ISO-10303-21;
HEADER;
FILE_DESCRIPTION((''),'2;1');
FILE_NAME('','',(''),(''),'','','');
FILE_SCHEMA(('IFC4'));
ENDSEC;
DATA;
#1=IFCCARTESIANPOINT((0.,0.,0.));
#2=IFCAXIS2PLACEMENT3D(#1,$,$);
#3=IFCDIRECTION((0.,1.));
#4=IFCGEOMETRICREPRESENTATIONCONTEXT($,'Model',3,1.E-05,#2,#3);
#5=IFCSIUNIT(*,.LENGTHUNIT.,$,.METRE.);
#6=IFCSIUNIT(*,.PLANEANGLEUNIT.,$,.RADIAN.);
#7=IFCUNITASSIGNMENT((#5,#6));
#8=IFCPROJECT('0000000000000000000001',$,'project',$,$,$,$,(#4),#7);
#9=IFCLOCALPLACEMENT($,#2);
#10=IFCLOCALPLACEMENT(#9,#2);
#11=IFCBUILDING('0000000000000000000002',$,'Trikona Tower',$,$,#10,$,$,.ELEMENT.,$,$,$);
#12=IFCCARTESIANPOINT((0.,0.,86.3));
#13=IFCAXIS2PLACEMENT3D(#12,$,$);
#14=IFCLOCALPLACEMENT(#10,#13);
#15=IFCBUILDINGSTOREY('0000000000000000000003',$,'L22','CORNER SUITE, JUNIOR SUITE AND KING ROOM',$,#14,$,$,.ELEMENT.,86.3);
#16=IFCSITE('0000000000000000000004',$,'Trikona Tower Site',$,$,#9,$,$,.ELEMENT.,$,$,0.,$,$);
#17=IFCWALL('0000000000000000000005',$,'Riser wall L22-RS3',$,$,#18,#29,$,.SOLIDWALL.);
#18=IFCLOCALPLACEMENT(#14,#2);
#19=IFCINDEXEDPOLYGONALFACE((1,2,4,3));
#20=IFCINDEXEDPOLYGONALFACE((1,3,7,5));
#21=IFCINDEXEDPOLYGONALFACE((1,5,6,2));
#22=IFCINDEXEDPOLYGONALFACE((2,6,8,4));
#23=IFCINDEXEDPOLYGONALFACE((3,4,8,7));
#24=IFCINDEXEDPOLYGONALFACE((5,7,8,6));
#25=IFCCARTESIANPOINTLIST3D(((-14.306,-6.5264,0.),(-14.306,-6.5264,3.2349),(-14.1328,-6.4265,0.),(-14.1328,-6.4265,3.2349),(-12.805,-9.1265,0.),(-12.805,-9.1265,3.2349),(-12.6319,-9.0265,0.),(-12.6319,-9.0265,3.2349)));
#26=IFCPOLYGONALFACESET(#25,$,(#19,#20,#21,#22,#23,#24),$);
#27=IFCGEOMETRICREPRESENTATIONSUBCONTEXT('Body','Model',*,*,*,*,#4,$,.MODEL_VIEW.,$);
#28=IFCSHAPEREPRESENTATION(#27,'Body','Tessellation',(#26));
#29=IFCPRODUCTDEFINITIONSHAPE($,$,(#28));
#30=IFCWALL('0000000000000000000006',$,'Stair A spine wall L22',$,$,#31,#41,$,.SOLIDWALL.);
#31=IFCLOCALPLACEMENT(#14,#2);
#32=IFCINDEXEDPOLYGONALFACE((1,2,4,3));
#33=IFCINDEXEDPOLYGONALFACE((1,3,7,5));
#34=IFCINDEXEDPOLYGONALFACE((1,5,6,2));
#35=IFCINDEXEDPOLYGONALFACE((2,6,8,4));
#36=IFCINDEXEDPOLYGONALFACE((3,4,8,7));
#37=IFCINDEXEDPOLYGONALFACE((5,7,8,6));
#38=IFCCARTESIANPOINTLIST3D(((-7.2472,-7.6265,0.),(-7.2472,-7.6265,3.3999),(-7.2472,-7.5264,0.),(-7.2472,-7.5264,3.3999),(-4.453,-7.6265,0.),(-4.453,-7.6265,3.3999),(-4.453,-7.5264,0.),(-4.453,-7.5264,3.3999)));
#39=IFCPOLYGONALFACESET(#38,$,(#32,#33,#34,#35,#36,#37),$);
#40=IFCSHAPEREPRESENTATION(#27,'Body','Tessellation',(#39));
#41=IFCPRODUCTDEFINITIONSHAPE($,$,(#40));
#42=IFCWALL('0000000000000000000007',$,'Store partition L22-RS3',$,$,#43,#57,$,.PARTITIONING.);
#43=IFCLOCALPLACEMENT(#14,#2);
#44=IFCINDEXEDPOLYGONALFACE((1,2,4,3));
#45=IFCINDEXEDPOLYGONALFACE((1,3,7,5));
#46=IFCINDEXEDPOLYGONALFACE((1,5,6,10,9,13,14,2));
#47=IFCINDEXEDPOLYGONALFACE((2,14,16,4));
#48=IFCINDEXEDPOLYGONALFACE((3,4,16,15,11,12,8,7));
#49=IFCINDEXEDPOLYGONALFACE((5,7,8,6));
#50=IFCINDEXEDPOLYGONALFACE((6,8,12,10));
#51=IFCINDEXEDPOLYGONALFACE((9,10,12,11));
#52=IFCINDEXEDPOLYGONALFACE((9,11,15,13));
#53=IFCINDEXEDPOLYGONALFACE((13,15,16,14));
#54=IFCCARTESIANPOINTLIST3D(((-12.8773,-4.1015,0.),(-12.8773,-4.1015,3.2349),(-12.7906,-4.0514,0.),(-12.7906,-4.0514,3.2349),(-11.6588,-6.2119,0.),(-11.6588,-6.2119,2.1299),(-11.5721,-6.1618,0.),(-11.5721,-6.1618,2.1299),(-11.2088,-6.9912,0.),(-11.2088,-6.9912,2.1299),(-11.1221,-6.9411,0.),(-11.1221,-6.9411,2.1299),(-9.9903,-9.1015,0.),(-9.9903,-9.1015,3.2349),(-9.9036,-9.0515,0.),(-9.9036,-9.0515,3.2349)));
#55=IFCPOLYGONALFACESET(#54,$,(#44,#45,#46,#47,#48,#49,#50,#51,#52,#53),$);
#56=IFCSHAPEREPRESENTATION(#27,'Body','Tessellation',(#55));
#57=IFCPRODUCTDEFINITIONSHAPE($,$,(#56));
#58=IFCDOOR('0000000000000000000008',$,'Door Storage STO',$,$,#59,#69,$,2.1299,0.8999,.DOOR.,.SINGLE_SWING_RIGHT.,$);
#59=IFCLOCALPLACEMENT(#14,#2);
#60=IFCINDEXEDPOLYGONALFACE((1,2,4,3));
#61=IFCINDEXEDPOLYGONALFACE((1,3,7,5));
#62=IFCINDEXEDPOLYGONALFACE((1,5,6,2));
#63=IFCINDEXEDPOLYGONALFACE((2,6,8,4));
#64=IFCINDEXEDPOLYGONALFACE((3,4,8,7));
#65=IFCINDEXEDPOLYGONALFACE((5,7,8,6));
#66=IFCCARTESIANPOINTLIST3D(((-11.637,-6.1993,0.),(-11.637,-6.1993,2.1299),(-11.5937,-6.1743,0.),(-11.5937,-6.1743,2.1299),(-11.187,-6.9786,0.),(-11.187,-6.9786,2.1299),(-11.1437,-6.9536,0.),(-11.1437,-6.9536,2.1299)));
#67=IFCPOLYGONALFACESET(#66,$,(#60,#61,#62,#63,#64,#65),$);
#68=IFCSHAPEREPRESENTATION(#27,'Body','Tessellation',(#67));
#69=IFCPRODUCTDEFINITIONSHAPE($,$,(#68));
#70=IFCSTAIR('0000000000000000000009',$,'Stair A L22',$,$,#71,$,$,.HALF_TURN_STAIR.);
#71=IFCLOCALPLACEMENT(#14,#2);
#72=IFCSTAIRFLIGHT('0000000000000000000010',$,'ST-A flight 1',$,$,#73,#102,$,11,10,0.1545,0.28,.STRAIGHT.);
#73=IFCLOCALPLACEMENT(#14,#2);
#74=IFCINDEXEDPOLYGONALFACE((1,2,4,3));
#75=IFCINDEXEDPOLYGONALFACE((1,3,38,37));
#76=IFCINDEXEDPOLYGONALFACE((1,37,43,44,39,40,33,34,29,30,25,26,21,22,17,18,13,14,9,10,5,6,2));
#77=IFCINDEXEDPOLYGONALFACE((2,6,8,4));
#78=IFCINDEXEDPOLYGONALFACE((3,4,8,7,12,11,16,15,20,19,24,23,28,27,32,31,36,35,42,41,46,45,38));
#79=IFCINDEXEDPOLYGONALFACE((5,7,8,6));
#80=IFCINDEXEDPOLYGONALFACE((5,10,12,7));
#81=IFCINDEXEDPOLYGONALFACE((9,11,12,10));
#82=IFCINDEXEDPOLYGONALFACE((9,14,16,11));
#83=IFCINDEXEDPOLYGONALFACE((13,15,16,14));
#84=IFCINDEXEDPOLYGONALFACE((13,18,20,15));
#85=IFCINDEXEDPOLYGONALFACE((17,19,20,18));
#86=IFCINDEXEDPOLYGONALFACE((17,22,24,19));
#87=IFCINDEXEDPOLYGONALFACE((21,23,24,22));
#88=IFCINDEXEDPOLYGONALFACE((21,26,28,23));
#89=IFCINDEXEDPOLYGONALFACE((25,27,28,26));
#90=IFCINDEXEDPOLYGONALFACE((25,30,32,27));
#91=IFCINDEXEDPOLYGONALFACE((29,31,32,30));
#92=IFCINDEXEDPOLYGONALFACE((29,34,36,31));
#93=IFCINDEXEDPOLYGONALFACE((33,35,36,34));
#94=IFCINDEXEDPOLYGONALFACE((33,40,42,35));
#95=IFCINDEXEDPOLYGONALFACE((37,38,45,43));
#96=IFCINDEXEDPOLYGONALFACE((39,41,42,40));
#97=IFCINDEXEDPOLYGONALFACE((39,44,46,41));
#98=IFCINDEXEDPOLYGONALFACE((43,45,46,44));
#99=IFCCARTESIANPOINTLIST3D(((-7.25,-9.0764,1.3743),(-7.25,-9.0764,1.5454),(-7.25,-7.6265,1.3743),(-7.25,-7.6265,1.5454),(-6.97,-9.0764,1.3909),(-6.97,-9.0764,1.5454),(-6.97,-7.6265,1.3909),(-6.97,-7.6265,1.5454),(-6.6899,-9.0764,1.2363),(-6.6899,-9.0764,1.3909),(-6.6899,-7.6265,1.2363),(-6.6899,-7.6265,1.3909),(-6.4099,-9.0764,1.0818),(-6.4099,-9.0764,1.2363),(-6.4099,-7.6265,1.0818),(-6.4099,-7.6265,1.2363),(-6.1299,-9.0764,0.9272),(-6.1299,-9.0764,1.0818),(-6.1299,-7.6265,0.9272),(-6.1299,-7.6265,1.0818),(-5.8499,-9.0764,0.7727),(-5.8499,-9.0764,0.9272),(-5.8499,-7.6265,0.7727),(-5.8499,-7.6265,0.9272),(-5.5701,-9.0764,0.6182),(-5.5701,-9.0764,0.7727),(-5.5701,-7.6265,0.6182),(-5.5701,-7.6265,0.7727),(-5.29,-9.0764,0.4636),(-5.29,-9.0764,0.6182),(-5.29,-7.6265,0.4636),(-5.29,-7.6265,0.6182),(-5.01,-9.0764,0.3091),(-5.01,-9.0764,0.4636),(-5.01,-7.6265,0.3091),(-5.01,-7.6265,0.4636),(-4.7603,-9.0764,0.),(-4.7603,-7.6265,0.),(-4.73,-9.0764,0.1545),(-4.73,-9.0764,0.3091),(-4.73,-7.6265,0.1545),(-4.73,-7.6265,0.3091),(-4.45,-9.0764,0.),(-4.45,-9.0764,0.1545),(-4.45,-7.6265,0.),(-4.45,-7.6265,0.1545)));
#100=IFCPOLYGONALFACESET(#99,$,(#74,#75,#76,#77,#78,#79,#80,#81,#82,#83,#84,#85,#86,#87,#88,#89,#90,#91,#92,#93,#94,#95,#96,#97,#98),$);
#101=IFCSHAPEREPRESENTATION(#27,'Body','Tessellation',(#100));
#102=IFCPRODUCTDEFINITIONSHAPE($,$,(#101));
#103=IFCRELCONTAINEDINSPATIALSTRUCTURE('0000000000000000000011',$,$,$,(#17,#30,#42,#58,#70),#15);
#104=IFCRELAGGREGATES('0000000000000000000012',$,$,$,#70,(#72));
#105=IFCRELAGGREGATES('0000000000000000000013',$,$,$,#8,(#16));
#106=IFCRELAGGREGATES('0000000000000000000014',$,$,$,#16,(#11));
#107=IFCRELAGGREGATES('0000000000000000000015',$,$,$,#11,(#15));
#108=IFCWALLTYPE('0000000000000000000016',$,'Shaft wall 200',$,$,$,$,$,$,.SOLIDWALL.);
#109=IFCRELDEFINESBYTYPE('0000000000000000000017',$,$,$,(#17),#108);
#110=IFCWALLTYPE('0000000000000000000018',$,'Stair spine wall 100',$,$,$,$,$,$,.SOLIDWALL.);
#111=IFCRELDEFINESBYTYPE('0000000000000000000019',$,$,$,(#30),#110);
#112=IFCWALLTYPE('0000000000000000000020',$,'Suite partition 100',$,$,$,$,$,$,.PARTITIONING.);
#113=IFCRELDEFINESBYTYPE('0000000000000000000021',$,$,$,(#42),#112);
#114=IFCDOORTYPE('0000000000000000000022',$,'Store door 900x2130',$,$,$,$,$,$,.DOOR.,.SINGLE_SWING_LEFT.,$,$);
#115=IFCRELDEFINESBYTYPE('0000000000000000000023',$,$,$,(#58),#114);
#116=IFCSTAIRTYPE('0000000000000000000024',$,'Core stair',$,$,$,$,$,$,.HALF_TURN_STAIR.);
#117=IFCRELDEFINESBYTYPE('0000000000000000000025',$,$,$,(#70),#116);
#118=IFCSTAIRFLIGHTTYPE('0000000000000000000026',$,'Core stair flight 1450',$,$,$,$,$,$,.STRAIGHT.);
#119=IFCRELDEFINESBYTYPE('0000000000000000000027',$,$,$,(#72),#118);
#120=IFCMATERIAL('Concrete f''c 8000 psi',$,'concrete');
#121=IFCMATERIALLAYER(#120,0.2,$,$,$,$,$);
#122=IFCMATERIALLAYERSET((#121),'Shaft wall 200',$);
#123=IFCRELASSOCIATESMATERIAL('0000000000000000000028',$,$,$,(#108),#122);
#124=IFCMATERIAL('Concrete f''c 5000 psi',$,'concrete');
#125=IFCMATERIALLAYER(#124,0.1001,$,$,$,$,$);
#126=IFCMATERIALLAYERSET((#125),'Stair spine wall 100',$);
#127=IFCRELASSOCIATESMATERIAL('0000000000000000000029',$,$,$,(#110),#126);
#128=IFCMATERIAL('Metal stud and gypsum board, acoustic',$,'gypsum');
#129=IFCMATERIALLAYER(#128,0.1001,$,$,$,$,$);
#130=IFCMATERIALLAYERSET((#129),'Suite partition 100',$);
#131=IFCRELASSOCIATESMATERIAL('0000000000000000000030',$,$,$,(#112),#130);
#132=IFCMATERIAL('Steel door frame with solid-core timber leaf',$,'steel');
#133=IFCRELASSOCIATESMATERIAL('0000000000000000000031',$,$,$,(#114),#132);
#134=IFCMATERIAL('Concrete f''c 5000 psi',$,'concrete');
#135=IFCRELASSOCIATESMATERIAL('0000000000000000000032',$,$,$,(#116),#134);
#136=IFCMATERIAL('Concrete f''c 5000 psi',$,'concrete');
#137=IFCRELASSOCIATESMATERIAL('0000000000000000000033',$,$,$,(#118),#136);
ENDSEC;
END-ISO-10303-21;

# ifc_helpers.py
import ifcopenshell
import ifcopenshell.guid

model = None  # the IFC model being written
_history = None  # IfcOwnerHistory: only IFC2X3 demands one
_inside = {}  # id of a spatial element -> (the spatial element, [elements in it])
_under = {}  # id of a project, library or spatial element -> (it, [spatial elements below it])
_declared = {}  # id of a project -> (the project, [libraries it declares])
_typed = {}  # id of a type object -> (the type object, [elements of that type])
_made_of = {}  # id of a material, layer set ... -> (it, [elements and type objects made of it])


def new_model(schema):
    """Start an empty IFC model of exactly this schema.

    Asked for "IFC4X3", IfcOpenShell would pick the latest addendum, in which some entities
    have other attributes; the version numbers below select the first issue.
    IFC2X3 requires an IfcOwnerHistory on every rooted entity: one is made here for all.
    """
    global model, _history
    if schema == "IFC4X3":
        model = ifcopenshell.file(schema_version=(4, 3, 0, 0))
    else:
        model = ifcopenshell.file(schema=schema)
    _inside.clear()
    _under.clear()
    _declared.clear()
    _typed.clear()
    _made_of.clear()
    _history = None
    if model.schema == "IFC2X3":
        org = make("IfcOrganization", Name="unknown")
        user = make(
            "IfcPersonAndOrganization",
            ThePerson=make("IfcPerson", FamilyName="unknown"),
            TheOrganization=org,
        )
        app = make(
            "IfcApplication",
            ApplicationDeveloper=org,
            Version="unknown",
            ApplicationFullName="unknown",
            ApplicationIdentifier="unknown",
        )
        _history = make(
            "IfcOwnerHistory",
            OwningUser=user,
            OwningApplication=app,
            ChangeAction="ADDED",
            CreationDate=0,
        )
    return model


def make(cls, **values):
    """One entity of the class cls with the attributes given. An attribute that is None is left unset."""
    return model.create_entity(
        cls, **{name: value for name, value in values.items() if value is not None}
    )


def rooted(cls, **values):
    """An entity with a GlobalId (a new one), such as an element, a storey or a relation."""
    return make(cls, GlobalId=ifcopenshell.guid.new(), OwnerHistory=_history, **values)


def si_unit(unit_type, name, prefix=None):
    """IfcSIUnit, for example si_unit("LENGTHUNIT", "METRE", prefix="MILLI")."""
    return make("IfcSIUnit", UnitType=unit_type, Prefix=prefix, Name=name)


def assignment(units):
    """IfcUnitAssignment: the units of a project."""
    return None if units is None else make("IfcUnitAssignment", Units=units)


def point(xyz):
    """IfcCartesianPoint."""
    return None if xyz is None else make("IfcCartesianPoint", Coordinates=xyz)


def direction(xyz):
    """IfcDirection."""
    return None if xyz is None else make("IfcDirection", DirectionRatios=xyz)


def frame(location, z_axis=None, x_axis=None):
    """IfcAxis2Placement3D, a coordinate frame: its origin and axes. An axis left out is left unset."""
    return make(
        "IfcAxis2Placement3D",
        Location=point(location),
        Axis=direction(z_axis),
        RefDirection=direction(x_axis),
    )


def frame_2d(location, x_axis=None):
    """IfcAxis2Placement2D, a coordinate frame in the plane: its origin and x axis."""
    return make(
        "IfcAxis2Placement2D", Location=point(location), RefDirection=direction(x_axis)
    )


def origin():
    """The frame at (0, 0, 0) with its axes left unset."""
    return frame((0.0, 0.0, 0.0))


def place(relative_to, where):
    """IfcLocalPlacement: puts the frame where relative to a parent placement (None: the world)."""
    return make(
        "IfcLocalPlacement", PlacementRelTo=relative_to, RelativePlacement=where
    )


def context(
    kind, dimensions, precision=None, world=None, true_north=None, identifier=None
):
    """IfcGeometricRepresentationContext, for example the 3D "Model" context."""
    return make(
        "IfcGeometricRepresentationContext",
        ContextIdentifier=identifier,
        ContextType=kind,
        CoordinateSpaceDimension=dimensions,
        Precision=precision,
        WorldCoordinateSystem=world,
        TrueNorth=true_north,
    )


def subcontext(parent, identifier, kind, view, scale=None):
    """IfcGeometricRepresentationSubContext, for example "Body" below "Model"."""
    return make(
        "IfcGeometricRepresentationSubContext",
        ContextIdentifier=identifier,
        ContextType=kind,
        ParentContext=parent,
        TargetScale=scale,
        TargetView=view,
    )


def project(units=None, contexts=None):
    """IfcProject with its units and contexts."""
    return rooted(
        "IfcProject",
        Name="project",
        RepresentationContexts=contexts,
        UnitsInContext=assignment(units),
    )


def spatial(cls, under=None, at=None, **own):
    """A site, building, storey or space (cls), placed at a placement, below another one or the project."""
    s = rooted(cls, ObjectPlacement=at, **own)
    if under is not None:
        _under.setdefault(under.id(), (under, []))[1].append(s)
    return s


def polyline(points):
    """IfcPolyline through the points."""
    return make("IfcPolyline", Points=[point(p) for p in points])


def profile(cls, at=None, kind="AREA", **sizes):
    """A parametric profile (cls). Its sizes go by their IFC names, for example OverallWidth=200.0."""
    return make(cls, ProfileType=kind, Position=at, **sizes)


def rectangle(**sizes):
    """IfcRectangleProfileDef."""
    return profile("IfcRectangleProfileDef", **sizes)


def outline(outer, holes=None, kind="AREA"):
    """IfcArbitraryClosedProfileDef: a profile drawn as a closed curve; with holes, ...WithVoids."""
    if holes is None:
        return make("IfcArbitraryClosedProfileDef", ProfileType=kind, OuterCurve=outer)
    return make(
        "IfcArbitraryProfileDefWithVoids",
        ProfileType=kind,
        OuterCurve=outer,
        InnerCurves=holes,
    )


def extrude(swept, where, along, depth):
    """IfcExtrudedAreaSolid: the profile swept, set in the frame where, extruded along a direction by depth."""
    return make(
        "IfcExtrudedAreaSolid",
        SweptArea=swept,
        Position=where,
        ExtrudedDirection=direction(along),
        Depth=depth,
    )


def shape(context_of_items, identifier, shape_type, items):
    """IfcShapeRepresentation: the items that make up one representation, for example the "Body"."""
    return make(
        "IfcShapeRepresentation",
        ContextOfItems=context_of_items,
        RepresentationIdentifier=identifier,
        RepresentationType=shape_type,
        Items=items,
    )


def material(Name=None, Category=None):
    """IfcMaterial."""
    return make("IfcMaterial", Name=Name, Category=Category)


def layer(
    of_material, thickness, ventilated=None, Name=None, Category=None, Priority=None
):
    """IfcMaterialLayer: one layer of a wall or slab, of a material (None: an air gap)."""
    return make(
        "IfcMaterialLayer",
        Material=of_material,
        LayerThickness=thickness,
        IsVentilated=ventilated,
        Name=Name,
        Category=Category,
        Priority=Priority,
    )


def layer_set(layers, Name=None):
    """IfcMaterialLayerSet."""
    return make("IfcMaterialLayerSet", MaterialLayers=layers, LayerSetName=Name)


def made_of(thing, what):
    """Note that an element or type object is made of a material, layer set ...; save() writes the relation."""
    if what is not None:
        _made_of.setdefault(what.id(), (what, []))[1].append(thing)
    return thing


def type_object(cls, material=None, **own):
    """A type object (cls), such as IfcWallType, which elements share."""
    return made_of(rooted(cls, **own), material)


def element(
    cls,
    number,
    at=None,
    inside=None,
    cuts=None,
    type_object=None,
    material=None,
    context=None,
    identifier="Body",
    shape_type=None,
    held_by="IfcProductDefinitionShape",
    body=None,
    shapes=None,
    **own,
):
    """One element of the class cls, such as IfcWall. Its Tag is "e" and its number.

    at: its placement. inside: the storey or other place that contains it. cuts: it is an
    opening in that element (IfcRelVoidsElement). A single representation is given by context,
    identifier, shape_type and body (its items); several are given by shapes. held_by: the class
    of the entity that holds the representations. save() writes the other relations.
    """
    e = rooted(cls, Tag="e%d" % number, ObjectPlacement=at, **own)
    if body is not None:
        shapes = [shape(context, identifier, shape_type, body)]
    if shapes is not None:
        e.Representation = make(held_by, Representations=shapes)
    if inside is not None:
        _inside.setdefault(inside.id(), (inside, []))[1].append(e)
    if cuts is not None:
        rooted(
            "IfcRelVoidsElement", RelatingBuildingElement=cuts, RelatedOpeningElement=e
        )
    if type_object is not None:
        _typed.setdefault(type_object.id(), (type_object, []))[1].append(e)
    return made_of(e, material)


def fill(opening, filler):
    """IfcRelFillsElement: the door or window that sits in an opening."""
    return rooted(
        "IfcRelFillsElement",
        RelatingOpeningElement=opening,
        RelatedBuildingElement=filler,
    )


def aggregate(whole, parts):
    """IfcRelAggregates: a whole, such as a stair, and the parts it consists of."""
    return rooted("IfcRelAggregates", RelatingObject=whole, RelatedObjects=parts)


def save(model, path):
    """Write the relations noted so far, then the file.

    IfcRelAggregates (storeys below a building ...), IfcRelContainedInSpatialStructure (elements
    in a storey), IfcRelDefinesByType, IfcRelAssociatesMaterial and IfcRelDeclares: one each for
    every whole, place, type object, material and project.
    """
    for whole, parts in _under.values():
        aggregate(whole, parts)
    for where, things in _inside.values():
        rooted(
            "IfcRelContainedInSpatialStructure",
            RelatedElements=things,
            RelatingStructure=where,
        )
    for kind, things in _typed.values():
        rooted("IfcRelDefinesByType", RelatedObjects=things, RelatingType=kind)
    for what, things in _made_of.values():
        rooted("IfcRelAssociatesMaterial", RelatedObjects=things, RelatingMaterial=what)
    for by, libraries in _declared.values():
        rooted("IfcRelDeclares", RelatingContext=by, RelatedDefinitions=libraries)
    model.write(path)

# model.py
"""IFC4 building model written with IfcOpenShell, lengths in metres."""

from ifc_helpers import new_model, si_unit, direction, frame, frame_2d, origin, place, context, subcontext, project, spatial, polyline, rectangle, outline, extrude, material, layer, layer_set, type_object, element, fill, aggregate, save


model = new_model("IFC4")

# Units and contexts
model_context = context("Model", 3, precision=1e-05, world=origin(), true_north=direction((0.0, 1.0)))
body_context = subcontext(model_context, "Body", "Model", "MODEL_VIEW")
ifc_project = project(units=[si_unit("LENGTHUNIT", "METRE"), si_unit("PLANEANGLEUNIT", "RADIAN")], contexts=[model_context])

# Site, building, storey
site_placement = place(None, origin())
site = spatial("IfcSite", under=ifc_project, at=site_placement, Name="Trikona Tower Site", CompositionType="ELEMENT", RefElevation=0.0)
building_placement = place(site_placement, origin())
building = spatial("IfcBuilding", under=site, at=building_placement, Name="Trikona Tower", CompositionType="ELEMENT")
storey_placement = place(building_placement, frame((0.0, 0.0, 86.3)))
storey = spatial("IfcBuildingStorey", under=building, at=storey_placement, Name="L22", Description="CORNER SUITE, JUNIOR SUITE AND KING ROOM", CompositionType="ELEMENT", Elevation=86.3)

# Walls
ifc_material_1 = material(Name="Concrete f'c 8000 psi", Category="concrete")
ifc_layer_1 = layer(ifc_material_1, 0.2)
ifc_layer_set_1 = layer_set([ifc_layer_1], Name="Shaft wall 200")
wall_type_1 = type_object("IfcWallType", Name="Shaft wall 200", PredefinedType="SOLIDWALL", material=ifc_layer_set_1)
wall_1_placement = place(storey_placement, frame((-12.7185, -9.0764, 0.0), z_axis=(0.0, 0.0, 1.0), x_axis=(-0.499952, 0.866053, 0.0)))
element("IfcWall", 1, at=wall_1_placement, inside=storey, type_object=wall_type_1, Name="Riser wall L22-RS3", PredefinedType="SOLIDWALL", context=body_context, shape_type="SweptSolid", body=[
    extrude(rectangle(XDim=3.0022, YDim=0.2, at=frame_2d((1.501, 0.0))), origin(), (0.0, 0.0, 1.0), 3.2349),
])
ifc_material_2 = material(Name="Concrete f'c 5000 psi", Category="concrete")
ifc_layer_2 = layer(ifc_material_2, 0.1001)
ifc_layer_set_2 = layer_set([ifc_layer_2], Name="Stair spine wall 100")
wall_type_2 = type_object("IfcWallType", Name="Stair spine wall 100", PredefinedType="SOLIDWALL", material=ifc_layer_set_2)
wall_2_placement = place(storey_placement, frame((-7.2471, -7.5764, 0.0), z_axis=(0.0, 0.0, 1.0), x_axis=(1.0, 0.0, 0.0)))
element("IfcWall", 2, at=wall_2_placement, inside=storey, type_object=wall_type_2, Name="Stair A spine wall L22", PredefinedType="SOLIDWALL", context=body_context, shape_type="SweptSolid", body=[
    extrude(rectangle(XDim=2.7942, YDim=0.1001, at=frame_2d((1.397, 0.0))), origin(), (0.0, 0.0, 1.0), 3.3999),
])

# Wall, opening, door
ifc_material_3 = material(Name="Metal stud and gypsum board, acoustic", Category="gypsum")
ifc_layer_3 = layer(ifc_material_3, 0.1001)
ifc_layer_set_3 = layer_set([ifc_layer_3], Name="Suite partition 100")
wall_type_3 = type_object("IfcWallType", Name="Suite partition 100", PredefinedType="PARTITIONING", material=ifc_layer_set_3)
wall_3_placement = place(storey_placement, frame((-9.947, -9.0764, 0.0), z_axis=(0.0, 0.0, 1.0), x_axis=(-0.500027, 0.86601, 0.0)))
wall_3 = element("IfcWall", 3, at=wall_3_placement, inside=storey, type_object=wall_type_3, Name="Store partition L22-RS3", PredefinedType="PARTITIONING", context=body_context, shape_type="SweptSolid", body=[
    extrude(rectangle(XDim=5.7737, YDim=0.1001, at=frame_2d((2.8867, 0.0))), origin(), (0.0, 0.0, 1.0), 3.2349),
])
opening_1_placement = place(wall_3_placement, frame((2.4368, 0.0, 0.0)))
opening_1 = element("IfcOpeningElement", 4, at=opening_1_placement, cuts=wall_3, PredefinedType="OPENING", context=body_context, shape_type="SweptSolid", body=[
    extrude(rectangle(XDim=0.8999, YDim=2.1299, at=frame_2d((0.45, 1.0649))), frame((0.0, 0.0601, 0.0), z_axis=(0.0, -1.0, 0.0), x_axis=(1.0, 0.0, 0.0)), (0.0, 0.0, 1.0), 0.1201),
])
ifc_material_4 = material(Name="Steel door frame with solid-core timber leaf", Category="steel")
door_type_1 = type_object("IfcDoorType", Name="Store door 900x2130", OperationType="SINGLE_SWING_LEFT", PredefinedType="DOOR", material=ifc_material_4)
door_1_placement = place(opening_1_placement, origin())
door_1 = element("IfcDoor", 5, at=door_1_placement, inside=storey, type_object=door_type_1, Name="Door Storage STO", OperationType="SINGLE_SWING_RIGHT", OverallHeight=2.1299, OverallWidth=0.8999, PredefinedType="DOOR", context=body_context, shape_type="SweptSolid", body=[
    extrude(rectangle(XDim=0.8999, YDim=2.1299, at=frame_2d((0.45, 1.0649))), frame((0.0, 0.0249, 0.0), z_axis=(0.0, -1.0, 0.0), x_axis=(1.0, 0.0, 0.0)), (0.0, 0.0, 1.0), 0.05),
])
fill(opening_1, door_1)

# Stair, stair flight
ifc_material_5 = material(Name="Concrete f'c 5000 psi", Category="concrete")
stair_type = type_object("IfcStairType", Name="Core stair", PredefinedType="HALF_TURN_STAIR", material=ifc_material_5)
stair_placement = place(storey_placement, origin())
stair = element("IfcStair", 6, at=stair_placement, inside=storey, type_object=stair_type, Name="Stair A L22", PredefinedType="HALF_TURN_STAIR")
ifc_material_6 = material(Name="Concrete f'c 5000 psi", Category="concrete")
stair_flight_type = type_object("IfcStairFlightType", Name="Core stair flight 1450", PredefinedType="STRAIGHT", material=ifc_material_6)
stair_flight_placement = place(storey_placement, frame((-4.45, -8.3513, 0.0), z_axis=(0.0, 0.0, 1.0), x_axis=(-1.0, 0.0, 0.0)))
stair_flight = element("IfcStairFlight", 7, at=stair_flight_placement, type_object=stair_flight_type, Name="ST-A flight 1", NumberOfRisers=11, NumberOfTreads=10, PredefinedType="STRAIGHT", RiserHeight=0.1545, TreadLength=0.28, context=body_context, shape_type="SweptSolid", body=[
    extrude(outline(polyline([(0.0, 0.0), (0.0, 0.1545), (0.28, 0.1545), (0.28, 0.3091), (0.5601, 0.3091), (0.5601, 0.4636), (0.8401, 0.4636), (0.8401, 0.6182), (1.1201, 0.6182), (1.1201, 0.7727), (1.3999, 0.7727), (1.3999, 0.9272), (1.6799, 0.9272), (1.6799, 1.0818), (1.96, 1.0818), (1.96, 1.2363), (2.24, 1.2363), (2.24, 1.3909), (2.52, 1.3909), (2.52, 1.5454), (2.8, 1.5454), (2.8, 1.7), (2.8, 1.3743), (0.3103, 0.0), (0.0, 0.0)])), frame((0.0, 0.7251, 0.0), z_axis=(0.0, -1.0, 0.0), x_axis=(1.0, 0.0, 0.0)), (0.0, 0.0, 1.0), 1.45),
])
aggregate(stair, [stair_flight])

save(model, "model.ifc")
